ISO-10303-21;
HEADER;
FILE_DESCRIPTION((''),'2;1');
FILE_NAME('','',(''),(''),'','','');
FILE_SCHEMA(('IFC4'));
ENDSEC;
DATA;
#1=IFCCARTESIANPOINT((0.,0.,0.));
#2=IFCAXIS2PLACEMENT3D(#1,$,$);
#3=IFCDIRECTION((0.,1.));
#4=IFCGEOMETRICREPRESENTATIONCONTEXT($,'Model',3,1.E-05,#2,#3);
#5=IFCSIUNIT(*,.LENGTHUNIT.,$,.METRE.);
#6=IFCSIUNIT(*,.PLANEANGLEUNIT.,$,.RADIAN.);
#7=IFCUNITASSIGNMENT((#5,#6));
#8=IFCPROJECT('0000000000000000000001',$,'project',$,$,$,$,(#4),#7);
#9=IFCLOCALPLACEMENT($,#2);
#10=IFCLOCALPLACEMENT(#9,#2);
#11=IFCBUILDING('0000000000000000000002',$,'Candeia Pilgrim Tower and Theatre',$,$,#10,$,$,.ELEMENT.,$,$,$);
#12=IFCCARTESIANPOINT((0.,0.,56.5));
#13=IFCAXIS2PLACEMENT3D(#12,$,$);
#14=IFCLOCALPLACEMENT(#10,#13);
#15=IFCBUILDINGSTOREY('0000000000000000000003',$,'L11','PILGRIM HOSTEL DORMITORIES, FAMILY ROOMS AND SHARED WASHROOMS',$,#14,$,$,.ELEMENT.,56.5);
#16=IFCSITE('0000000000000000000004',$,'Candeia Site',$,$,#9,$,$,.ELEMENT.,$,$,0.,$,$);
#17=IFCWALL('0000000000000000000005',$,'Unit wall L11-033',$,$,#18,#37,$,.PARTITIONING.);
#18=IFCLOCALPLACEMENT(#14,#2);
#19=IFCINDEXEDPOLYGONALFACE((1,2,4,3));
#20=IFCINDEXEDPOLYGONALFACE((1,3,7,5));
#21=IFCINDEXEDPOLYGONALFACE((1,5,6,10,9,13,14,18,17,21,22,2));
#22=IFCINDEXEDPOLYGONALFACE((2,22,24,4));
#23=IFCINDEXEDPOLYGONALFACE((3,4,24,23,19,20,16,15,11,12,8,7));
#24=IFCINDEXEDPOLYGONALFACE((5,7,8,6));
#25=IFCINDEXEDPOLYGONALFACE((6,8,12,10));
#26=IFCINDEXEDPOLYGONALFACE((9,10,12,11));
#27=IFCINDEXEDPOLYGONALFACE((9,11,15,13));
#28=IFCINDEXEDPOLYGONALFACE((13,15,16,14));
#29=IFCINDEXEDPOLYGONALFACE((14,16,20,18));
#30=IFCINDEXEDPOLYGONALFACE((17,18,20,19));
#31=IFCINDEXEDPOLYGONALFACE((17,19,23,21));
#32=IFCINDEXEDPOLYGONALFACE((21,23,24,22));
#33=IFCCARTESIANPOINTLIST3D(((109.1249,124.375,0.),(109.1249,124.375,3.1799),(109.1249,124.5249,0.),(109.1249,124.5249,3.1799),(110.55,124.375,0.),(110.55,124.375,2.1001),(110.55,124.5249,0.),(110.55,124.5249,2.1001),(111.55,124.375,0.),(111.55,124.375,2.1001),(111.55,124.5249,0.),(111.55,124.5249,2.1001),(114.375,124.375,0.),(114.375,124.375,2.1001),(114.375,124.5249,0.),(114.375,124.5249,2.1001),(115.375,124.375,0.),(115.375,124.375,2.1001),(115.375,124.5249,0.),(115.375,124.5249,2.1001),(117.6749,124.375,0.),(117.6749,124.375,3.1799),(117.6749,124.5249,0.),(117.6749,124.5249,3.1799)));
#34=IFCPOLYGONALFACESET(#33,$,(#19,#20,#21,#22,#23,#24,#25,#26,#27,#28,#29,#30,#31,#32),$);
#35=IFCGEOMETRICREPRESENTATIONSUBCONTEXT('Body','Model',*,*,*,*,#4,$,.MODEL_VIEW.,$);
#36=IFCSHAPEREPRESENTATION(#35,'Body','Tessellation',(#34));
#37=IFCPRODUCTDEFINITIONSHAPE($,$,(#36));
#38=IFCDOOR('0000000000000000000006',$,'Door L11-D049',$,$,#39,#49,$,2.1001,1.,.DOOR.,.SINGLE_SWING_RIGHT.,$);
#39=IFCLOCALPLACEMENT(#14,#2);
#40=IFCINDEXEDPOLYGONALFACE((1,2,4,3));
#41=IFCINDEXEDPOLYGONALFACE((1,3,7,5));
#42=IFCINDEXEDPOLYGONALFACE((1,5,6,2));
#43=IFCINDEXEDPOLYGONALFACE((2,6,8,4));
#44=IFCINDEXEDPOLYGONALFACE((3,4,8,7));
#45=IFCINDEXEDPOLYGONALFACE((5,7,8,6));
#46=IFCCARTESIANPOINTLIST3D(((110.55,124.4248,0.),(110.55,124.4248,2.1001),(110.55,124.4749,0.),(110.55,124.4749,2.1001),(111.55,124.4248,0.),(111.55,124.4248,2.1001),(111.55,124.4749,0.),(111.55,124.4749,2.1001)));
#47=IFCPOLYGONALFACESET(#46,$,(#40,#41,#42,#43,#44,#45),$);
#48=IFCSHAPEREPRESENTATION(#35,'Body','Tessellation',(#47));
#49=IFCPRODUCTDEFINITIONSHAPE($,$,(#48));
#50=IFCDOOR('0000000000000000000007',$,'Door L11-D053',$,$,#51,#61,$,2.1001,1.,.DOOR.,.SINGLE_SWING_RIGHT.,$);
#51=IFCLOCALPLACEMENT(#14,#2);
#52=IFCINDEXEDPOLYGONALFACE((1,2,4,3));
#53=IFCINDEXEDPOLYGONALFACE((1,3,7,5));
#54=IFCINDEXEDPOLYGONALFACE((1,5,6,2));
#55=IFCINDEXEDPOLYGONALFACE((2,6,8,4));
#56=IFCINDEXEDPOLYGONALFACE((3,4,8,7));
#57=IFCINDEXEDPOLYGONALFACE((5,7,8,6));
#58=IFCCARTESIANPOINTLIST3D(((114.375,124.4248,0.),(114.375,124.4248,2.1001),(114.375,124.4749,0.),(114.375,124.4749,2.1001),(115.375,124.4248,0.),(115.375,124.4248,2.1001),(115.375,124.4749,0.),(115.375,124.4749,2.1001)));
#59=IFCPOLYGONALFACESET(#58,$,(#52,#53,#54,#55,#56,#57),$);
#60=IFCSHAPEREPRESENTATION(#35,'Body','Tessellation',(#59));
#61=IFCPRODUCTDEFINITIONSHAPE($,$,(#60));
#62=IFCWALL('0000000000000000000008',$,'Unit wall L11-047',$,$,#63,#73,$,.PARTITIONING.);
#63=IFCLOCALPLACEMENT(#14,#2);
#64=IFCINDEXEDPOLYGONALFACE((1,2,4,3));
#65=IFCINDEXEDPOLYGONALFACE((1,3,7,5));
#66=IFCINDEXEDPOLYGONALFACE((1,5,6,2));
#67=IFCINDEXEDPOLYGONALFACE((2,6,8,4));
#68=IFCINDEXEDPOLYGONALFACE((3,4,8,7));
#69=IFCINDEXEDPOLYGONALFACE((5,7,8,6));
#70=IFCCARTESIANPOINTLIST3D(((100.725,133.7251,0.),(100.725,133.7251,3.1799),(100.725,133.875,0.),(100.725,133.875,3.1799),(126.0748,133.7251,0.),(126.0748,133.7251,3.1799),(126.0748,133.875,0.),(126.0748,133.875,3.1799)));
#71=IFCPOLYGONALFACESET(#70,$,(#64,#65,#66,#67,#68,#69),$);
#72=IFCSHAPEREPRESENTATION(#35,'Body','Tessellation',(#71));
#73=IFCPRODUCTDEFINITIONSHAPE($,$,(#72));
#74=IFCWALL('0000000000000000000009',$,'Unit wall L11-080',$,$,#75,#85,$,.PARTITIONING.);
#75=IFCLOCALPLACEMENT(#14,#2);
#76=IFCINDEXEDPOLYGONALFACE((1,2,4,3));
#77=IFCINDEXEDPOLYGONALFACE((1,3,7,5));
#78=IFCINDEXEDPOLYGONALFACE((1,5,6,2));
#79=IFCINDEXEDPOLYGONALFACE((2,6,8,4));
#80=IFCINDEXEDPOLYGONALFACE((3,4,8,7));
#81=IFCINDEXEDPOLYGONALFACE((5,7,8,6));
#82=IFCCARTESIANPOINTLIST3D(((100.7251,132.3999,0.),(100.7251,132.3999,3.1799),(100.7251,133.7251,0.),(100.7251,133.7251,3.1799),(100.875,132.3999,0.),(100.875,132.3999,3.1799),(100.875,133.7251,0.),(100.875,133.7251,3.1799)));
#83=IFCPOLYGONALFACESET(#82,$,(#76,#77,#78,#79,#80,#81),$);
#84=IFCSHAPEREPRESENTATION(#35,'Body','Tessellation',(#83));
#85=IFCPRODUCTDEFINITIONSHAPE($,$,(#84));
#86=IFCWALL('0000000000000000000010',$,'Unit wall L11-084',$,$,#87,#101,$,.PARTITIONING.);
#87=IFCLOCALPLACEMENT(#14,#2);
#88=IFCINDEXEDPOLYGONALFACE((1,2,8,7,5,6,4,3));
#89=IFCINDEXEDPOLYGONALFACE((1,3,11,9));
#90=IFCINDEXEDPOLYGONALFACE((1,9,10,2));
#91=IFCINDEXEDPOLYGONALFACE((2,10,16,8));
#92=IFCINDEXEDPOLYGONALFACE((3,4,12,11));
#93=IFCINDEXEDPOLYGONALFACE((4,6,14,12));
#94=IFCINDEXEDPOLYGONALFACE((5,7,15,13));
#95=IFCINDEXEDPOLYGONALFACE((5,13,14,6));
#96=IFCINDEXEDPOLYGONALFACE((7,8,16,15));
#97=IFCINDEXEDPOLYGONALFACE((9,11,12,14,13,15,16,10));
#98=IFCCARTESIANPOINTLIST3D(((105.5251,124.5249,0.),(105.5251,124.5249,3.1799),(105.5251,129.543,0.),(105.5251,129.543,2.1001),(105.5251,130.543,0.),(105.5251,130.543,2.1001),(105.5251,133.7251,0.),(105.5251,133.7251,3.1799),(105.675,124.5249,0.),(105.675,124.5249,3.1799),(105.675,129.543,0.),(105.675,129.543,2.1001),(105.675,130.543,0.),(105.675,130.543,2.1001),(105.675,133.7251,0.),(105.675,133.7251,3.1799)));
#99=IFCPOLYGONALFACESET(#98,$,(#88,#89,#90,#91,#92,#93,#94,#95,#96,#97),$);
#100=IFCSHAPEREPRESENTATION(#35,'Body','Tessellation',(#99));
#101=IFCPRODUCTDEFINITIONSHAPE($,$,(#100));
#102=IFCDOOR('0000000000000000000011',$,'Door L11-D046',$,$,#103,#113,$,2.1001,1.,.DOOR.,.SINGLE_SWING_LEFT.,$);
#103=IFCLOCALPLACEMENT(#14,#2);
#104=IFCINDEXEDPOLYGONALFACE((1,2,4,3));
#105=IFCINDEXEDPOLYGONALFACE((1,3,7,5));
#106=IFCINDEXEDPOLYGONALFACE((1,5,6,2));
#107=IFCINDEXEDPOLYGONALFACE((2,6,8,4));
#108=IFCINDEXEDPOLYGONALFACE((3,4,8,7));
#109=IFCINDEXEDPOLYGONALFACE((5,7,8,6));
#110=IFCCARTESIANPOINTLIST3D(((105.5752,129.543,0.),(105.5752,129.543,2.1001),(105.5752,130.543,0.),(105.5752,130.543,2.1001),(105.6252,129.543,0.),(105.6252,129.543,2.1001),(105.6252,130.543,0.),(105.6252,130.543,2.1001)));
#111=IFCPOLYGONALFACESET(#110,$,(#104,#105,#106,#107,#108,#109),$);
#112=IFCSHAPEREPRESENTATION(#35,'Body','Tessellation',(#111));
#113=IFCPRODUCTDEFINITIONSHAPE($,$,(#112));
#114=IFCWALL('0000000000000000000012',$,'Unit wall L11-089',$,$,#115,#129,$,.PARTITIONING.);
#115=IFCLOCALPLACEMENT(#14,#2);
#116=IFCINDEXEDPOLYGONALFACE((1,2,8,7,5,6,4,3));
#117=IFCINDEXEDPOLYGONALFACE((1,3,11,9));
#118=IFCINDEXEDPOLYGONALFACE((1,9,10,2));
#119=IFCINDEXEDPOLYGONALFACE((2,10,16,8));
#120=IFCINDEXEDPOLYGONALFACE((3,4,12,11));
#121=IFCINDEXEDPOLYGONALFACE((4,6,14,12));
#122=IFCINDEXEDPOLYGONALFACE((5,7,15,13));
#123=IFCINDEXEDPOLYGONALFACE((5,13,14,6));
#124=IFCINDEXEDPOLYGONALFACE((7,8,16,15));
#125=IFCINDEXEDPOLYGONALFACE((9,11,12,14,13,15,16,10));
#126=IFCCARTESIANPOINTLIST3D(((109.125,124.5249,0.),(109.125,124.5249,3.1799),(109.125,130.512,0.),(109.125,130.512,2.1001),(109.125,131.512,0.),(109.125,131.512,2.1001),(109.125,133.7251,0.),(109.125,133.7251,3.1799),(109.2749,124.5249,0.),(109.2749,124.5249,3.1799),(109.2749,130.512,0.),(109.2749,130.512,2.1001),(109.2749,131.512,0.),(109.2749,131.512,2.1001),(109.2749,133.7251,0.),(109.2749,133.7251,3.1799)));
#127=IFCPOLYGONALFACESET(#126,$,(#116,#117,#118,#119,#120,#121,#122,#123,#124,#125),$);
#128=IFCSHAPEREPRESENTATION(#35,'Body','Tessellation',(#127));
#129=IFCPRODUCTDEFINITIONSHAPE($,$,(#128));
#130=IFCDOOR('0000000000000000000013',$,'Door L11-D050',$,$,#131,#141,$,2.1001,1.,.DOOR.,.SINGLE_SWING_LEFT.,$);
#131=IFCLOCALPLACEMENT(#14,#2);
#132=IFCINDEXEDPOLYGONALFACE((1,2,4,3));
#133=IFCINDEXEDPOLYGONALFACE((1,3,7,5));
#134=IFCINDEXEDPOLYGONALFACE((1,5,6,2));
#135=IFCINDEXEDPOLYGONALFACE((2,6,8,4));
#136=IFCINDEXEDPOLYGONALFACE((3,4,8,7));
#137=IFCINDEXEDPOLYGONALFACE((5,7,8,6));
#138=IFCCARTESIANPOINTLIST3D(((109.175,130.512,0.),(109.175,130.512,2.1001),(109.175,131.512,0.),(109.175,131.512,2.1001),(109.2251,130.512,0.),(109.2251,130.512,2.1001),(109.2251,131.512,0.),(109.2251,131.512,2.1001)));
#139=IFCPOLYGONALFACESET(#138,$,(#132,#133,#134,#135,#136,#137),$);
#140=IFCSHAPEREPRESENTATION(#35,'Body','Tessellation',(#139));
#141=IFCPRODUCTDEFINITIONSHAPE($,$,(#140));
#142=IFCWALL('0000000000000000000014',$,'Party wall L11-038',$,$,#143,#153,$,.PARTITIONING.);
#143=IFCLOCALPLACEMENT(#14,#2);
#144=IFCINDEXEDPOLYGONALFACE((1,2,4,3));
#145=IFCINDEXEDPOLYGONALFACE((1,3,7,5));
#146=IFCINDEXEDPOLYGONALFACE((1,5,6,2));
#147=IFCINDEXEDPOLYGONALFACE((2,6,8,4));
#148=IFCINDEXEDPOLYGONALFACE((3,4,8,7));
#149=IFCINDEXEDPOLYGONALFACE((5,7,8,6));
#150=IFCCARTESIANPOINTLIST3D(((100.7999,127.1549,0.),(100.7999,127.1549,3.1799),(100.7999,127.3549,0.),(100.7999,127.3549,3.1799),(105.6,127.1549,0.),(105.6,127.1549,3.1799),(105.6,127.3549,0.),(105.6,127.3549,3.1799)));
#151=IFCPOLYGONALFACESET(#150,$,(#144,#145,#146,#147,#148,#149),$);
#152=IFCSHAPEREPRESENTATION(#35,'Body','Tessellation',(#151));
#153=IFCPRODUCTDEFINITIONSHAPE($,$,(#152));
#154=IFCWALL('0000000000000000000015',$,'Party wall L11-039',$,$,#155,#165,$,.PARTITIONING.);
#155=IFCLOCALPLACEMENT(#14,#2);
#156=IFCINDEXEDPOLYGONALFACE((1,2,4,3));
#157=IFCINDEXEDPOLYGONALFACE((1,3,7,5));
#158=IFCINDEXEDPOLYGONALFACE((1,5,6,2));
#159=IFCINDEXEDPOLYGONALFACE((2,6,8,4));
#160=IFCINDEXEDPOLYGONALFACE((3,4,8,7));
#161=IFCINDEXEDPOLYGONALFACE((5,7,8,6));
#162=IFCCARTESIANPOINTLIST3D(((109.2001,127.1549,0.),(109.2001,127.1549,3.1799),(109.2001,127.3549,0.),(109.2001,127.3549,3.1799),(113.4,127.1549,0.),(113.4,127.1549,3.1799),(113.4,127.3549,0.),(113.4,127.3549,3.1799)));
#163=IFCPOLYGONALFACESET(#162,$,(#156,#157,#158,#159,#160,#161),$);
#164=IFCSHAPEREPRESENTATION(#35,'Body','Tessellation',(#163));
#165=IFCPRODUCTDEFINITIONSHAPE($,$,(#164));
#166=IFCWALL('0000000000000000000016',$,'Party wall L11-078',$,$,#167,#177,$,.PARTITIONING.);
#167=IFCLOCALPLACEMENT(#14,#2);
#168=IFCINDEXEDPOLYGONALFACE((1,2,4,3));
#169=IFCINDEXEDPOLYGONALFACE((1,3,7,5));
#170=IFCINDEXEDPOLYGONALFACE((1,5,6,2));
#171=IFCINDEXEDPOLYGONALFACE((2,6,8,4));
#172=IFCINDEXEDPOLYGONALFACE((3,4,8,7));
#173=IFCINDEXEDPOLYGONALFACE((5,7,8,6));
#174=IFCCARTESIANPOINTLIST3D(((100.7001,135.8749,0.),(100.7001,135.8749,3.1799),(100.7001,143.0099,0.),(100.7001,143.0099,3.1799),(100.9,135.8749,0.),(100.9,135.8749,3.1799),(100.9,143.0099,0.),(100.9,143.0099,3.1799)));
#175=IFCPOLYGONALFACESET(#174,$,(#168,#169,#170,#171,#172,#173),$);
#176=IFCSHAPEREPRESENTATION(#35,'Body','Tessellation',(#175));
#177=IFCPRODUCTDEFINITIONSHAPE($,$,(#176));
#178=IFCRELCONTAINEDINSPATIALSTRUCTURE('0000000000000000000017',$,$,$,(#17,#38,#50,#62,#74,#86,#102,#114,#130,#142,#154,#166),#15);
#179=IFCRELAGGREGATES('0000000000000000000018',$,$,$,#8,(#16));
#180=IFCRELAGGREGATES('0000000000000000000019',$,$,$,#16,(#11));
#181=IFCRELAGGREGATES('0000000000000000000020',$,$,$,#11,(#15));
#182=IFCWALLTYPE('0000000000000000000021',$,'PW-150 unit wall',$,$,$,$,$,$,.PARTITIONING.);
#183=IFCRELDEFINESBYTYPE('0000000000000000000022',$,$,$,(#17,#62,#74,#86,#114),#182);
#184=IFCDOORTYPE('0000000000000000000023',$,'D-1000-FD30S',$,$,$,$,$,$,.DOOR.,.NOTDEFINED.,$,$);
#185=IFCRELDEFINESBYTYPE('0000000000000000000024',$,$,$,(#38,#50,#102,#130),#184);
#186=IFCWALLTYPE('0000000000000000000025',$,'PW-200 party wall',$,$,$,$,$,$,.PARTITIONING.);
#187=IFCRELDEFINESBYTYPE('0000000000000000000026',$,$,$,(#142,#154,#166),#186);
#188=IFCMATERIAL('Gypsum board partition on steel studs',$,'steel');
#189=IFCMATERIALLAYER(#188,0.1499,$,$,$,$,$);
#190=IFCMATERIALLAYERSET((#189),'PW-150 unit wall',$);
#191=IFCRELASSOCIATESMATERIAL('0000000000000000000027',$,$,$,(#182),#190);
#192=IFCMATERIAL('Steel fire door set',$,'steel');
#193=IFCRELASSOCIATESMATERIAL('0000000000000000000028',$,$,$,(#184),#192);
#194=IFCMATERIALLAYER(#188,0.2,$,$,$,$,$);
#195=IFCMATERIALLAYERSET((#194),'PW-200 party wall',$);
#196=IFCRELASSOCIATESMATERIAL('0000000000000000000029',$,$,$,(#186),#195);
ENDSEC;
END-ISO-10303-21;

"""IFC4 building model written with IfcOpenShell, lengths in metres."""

from ifc_helpers import new_model, si_unit, direction, frame, frame_2d, origin, place, context, subcontext, project, spatial, rectangle, extrude, material, layer, layer_set, type_object, element, fill, save


model = new_model("IFC4")

# Units and contexts
model_context = context("Model", 3, precision=1e-05, world=origin(), true_north=direction((0.0, 1.0)))
body_context = subcontext(model_context, "Body", "Model", "MODEL_VIEW")
ifc_project = project(units=[si_unit("LENGTHUNIT", "METRE"), si_unit("PLANEANGLEUNIT", "RADIAN")], contexts=[model_context])

# Site, building, storey
site_placement = place(None, origin())
site = spatial("IfcSite", under=ifc_project, at=site_placement, Name="Candeia Site", CompositionType="ELEMENT", RefElevation=0.0)
building_placement = place(site_placement, origin())
building = spatial("IfcBuilding", under=site, at=building_placement, Name="Candeia Pilgrim Tower and Theatre", CompositionType="ELEMENT")
storey_placement = place(building_placement, frame((0.0, 0.0, 56.5)))
storey = spatial("IfcBuildingStorey", under=building, at=storey_placement, Name="L11", Description="PILGRIM HOSTEL DORMITORIES, FAMILY ROOMS AND SHARED WASHROOMS", CompositionType="ELEMENT", Elevation=56.5)

# Shared definitions
ifc_material_1 = material(Name="Steel fire door set", Category="steel")
ifc_material_2 = material(Name="Gypsum board partition on steel studs", Category="steel")

# Shared definitions
ifc_layer_1 = layer(ifc_material_2, 0.1499)
ifc_layer_set_1 = layer_set([ifc_layer_1], Name="PW-150 unit wall")
wall_type_1 = type_object("IfcWallType", Name="PW-150 unit wall", PredefinedType="PARTITIONING", material=ifc_layer_set_1)

# Shared definitions
door_type_1 = type_object("IfcDoorType", Name="D-1000-FD30S", OperationType="NOTDEFINED", PredefinedType="DOOR", material=ifc_material_1)

# Wall, openings, doors
wall_1_placement = place(storey_placement, frame((109.125, 124.45, 0.0), z_axis=(0.0, 0.0, 1.0), x_axis=(1.0, 0.0, 0.0)))
wall_1 = element("IfcWall", 1, at=wall_1_placement, inside=storey, type_object=wall_type_1, Name="Unit wall L11-033", PredefinedType="PARTITIONING", context=body_context, shape_type="SweptSolid", body=[
    extrude(rectangle(XDim=8.55, YDim=0.1499, at=frame_2d((4.2749, 0.0))), origin(), (0.0, 0.0, 1.0), 3.1799),
])
opening_1_placement = place(wall_1_placement, frame((1.425, 0.0, 0.0)))
opening_1 = element("IfcOpeningElement", 2, at=opening_1_placement, cuts=wall_1, PredefinedType="OPENING", context=body_context, shape_type="SweptSolid", body=[
    extrude(rectangle(XDim=1.0, YDim=2.1001, at=frame_2d((0.5, 1.05))), frame((0.0, 0.085, 0.0), z_axis=(0.0, -1.0, 0.0), x_axis=(1.0, 0.0, 0.0)), (0.0, 0.0, 1.0), 0.1699),
])
opening_2_placement = place(wall_1_placement, frame((5.25, 0.0, 0.0)))
opening_2 = element("IfcOpeningElement", 3, at=opening_2_placement, cuts=wall_1, PredefinedType="OPENING", context=body_context, shape_type="SweptSolid", body=[
    extrude(rectangle(XDim=1.0, YDim=2.1001, at=frame_2d((0.5, 1.05))), frame((0.0, 0.085, 0.0), z_axis=(0.0, -1.0, 0.0), x_axis=(1.0, 0.0, 0.0)), (0.0, 0.0, 1.0), 0.1699),
])
door_1_placement = place(opening_1_placement, origin())
door_1 = element("IfcDoor", 4, at=door_1_placement, inside=storey, type_object=door_type_1, Name="Door L11-D049", OperationType="SINGLE_SWING_RIGHT", OverallHeight=2.1001, OverallWidth=1.0, PredefinedType="DOOR", context=body_context, shape_type="SweptSolid", body=[
    extrude(rectangle(XDim=1.0, YDim=2.1001, at=frame_2d((0.5, 1.05))), frame((0.0, 0.0249, 0.0), z_axis=(0.0, -1.0, 0.0), x_axis=(1.0, 0.0, 0.0)), (0.0, 0.0, 1.0), 0.05),
])
fill(opening_1, door_1)
door_2_placement = place(opening_2_placement, origin())
door_2 = element("IfcDoor", 5, at=door_2_placement, inside=storey, type_object=door_type_1, Name="Door L11-D053", OperationType="SINGLE_SWING_RIGHT", OverallHeight=2.1001, OverallWidth=1.0, PredefinedType="DOOR", context=body_context, shape_type="SweptSolid", body=[
    extrude(rectangle(XDim=1.0, YDim=2.1001, at=frame_2d((0.5, 1.05))), frame((0.0, 0.0249, 0.0), z_axis=(0.0, -1.0, 0.0), x_axis=(1.0, 0.0, 0.0)), (0.0, 0.0, 1.0), 0.05),
])
fill(opening_2, door_2)

# Walls
wall_2_placement = place(storey_placement, frame((100.7251, 133.8, 0.0), z_axis=(0.0, 0.0, 1.0), x_axis=(1.0, 0.0, 0.0)))
element("IfcWall", 6, at=wall_2_placement, inside=storey, type_object=wall_type_1, Name="Unit wall L11-047", PredefinedType="PARTITIONING", context=body_context, shape_type="SweptSolid", body=[
    extrude(rectangle(XDim=25.3499, YDim=0.1499, at=frame_2d((12.6748, 0.0))), origin(), (0.0, 0.0, 1.0), 3.1799),
])
wall_3_placement = place(storey_placement, frame((100.8, 132.3999, 0.0), z_axis=(0.0, 0.0, 1.0), x_axis=(0.0, 1.0, 0.0)))
element("IfcWall", 7, at=wall_3_placement, inside=storey, type_object=wall_type_1, Name="Unit wall L11-080", PredefinedType="PARTITIONING", context=body_context, shape_type="SweptSolid", body=[
    extrude(rectangle(XDim=1.3252, YDim=0.1499, at=frame_2d((0.6626, 0.0))), origin(), (0.0, 0.0, 1.0), 3.1799),
])

# Walls, openings, doors
wall_4_placement = place(storey_placement, frame((105.6001, 124.5249, 0.0), z_axis=(0.0, 0.0, 1.0), x_axis=(0.0, 1.0, 0.0)))
wall_4 = element("IfcWall", 8, at=wall_4_placement, inside=storey, type_object=wall_type_1, Name="Unit wall L11-084", PredefinedType="PARTITIONING", context=body_context, shape_type="SweptSolid", body=[
    extrude(rectangle(XDim=9.2002, YDim=0.1499, at=frame_2d((4.6001, 0.0))), origin(), (0.0, 0.0, 1.0), 3.1799),
])
opening_3_placement = place(wall_4_placement, frame((5.0181, 0.0, 0.0)))
opening_3 = element("IfcOpeningElement", 9, at=opening_3_placement, cuts=wall_4, PredefinedType="OPENING", context=body_context, shape_type="SweptSolid", body=[
    extrude(rectangle(XDim=1.0, YDim=2.1001, at=frame_2d((0.5, 1.05))), frame((0.0, 0.085, 0.0), z_axis=(0.0, -1.0, 0.0), x_axis=(1.0, 0.0, 0.0)), (0.0, 0.0, 1.0), 0.1699),
])
door_3_placement = place(opening_3_placement, origin())
door_3 = element("IfcDoor", 10, at=door_3_placement, inside=storey, type_object=door_type_1, Name="Door L11-D046", OperationType="SINGLE_SWING_LEFT", OverallHeight=2.1001, OverallWidth=1.0, PredefinedType="DOOR", context=body_context, shape_type="SweptSolid", body=[
    extrude(rectangle(XDim=1.0, YDim=2.1001, at=frame_2d((0.5, 1.05))), frame((0.0, 0.0249, 0.0), z_axis=(0.0, -1.0, 0.0), x_axis=(1.0, 0.0, 0.0)), (0.0, 0.0, 1.0), 0.05),
])
fill(opening_3, door_3)
wall_5_placement = place(storey_placement, frame((109.2, 124.5249, 0.0), z_axis=(0.0, 0.0, 1.0), x_axis=(0.0, 1.0, 0.0)))
wall_5 = element("IfcWall", 11, at=wall_5_placement, inside=storey, type_object=wall_type_1, Name="Unit wall L11-089", PredefinedType="PARTITIONING", context=body_context, shape_type="SweptSolid", body=[
    extrude(rectangle(XDim=9.2002, YDim=0.1499, at=frame_2d((4.6001, 0.0))), origin(), (0.0, 0.0, 1.0), 3.1799),
])
opening_4_placement = place(wall_5_placement, frame((5.9871, 0.0, 0.0)))
opening_4 = element("IfcOpeningElement", 12, at=opening_4_placement, cuts=wall_5, PredefinedType="OPENING", context=body_context, shape_type="SweptSolid", body=[
    extrude(rectangle(XDim=1.0, YDim=2.1001, at=frame_2d((0.5, 1.05))), frame((0.0, 0.085, 0.0), z_axis=(0.0, -1.0, 0.0), x_axis=(1.0, 0.0, 0.0)), (0.0, 0.0, 1.0), 0.1699),
])
door_4_placement = place(opening_4_placement, origin())
door_4 = element("IfcDoor", 13, at=door_4_placement, inside=storey, type_object=door_type_1, Name="Door L11-D050", OperationType="SINGLE_SWING_LEFT", OverallHeight=2.1001, OverallWidth=1.0, PredefinedType="DOOR", context=body_context, shape_type="SweptSolid", body=[
    extrude(rectangle(XDim=1.0, YDim=2.1001, at=frame_2d((0.5, 1.05))), frame((0.0, 0.0249, 0.0), z_axis=(0.0, -1.0, 0.0), x_axis=(1.0, 0.0, 0.0)), (0.0, 0.0, 1.0), 0.05),
])
fill(opening_4, door_4)

# Walls
ifc_layer_2 = layer(ifc_material_2, 0.2)
ifc_layer_set_2 = layer_set([ifc_layer_2], Name="PW-200 party wall")
wall_type_2 = type_object("IfcWallType", Name="PW-200 party wall", PredefinedType="PARTITIONING", material=ifc_layer_set_2)
wall_6_placement = place(storey_placement, frame((100.8, 127.2549, 0.0), z_axis=(0.0, 0.0, 1.0), x_axis=(1.0, 0.0, 0.0)))
element("IfcWall", 14, at=wall_6_placement, inside=storey, type_object=wall_type_2, Name="Party wall L11-038", PredefinedType="PARTITIONING", context=body_context, shape_type="SweptSolid", body=[
    extrude(rectangle(XDim=4.8, YDim=0.2, at=frame_2d((2.3999, 0.0))), origin(), (0.0, 0.0, 1.0), 3.1799),
])
wall_7_placement = place(storey_placement, frame((109.2, 127.2549, 0.0), z_axis=(0.0, 0.0, 1.0), x_axis=(1.0, 0.0, 0.0)))
element("IfcWall", 15, at=wall_7_placement, inside=storey, type_object=wall_type_2, Name="Party wall L11-039", PredefinedType="PARTITIONING", context=body_context, shape_type="SweptSolid", body=[
    extrude(rectangle(XDim=4.2, YDim=0.2, at=frame_2d((2.1001, 0.0))), origin(), (0.0, 0.0, 1.0), 3.1799),
])
wall_8_placement = place(storey_placement, frame((100.8, 135.875, 0.0), z_axis=(0.0, 0.0, 1.0), x_axis=(0.0, 1.0, 0.0)))
element("IfcWall", 16, at=wall_8_placement, inside=storey, type_object=wall_type_2, Name="Party wall L11-078", PredefinedType="PARTITIONING", context=body_context, shape_type="SweptSolid", body=[
    extrude(rectangle(XDim=7.135, YDim=0.2, at=frame_2d((3.5674, 0.0))), origin(), (0.0, 0.0, 1.0), 3.1799),
])

save(model, "model.ifc")
